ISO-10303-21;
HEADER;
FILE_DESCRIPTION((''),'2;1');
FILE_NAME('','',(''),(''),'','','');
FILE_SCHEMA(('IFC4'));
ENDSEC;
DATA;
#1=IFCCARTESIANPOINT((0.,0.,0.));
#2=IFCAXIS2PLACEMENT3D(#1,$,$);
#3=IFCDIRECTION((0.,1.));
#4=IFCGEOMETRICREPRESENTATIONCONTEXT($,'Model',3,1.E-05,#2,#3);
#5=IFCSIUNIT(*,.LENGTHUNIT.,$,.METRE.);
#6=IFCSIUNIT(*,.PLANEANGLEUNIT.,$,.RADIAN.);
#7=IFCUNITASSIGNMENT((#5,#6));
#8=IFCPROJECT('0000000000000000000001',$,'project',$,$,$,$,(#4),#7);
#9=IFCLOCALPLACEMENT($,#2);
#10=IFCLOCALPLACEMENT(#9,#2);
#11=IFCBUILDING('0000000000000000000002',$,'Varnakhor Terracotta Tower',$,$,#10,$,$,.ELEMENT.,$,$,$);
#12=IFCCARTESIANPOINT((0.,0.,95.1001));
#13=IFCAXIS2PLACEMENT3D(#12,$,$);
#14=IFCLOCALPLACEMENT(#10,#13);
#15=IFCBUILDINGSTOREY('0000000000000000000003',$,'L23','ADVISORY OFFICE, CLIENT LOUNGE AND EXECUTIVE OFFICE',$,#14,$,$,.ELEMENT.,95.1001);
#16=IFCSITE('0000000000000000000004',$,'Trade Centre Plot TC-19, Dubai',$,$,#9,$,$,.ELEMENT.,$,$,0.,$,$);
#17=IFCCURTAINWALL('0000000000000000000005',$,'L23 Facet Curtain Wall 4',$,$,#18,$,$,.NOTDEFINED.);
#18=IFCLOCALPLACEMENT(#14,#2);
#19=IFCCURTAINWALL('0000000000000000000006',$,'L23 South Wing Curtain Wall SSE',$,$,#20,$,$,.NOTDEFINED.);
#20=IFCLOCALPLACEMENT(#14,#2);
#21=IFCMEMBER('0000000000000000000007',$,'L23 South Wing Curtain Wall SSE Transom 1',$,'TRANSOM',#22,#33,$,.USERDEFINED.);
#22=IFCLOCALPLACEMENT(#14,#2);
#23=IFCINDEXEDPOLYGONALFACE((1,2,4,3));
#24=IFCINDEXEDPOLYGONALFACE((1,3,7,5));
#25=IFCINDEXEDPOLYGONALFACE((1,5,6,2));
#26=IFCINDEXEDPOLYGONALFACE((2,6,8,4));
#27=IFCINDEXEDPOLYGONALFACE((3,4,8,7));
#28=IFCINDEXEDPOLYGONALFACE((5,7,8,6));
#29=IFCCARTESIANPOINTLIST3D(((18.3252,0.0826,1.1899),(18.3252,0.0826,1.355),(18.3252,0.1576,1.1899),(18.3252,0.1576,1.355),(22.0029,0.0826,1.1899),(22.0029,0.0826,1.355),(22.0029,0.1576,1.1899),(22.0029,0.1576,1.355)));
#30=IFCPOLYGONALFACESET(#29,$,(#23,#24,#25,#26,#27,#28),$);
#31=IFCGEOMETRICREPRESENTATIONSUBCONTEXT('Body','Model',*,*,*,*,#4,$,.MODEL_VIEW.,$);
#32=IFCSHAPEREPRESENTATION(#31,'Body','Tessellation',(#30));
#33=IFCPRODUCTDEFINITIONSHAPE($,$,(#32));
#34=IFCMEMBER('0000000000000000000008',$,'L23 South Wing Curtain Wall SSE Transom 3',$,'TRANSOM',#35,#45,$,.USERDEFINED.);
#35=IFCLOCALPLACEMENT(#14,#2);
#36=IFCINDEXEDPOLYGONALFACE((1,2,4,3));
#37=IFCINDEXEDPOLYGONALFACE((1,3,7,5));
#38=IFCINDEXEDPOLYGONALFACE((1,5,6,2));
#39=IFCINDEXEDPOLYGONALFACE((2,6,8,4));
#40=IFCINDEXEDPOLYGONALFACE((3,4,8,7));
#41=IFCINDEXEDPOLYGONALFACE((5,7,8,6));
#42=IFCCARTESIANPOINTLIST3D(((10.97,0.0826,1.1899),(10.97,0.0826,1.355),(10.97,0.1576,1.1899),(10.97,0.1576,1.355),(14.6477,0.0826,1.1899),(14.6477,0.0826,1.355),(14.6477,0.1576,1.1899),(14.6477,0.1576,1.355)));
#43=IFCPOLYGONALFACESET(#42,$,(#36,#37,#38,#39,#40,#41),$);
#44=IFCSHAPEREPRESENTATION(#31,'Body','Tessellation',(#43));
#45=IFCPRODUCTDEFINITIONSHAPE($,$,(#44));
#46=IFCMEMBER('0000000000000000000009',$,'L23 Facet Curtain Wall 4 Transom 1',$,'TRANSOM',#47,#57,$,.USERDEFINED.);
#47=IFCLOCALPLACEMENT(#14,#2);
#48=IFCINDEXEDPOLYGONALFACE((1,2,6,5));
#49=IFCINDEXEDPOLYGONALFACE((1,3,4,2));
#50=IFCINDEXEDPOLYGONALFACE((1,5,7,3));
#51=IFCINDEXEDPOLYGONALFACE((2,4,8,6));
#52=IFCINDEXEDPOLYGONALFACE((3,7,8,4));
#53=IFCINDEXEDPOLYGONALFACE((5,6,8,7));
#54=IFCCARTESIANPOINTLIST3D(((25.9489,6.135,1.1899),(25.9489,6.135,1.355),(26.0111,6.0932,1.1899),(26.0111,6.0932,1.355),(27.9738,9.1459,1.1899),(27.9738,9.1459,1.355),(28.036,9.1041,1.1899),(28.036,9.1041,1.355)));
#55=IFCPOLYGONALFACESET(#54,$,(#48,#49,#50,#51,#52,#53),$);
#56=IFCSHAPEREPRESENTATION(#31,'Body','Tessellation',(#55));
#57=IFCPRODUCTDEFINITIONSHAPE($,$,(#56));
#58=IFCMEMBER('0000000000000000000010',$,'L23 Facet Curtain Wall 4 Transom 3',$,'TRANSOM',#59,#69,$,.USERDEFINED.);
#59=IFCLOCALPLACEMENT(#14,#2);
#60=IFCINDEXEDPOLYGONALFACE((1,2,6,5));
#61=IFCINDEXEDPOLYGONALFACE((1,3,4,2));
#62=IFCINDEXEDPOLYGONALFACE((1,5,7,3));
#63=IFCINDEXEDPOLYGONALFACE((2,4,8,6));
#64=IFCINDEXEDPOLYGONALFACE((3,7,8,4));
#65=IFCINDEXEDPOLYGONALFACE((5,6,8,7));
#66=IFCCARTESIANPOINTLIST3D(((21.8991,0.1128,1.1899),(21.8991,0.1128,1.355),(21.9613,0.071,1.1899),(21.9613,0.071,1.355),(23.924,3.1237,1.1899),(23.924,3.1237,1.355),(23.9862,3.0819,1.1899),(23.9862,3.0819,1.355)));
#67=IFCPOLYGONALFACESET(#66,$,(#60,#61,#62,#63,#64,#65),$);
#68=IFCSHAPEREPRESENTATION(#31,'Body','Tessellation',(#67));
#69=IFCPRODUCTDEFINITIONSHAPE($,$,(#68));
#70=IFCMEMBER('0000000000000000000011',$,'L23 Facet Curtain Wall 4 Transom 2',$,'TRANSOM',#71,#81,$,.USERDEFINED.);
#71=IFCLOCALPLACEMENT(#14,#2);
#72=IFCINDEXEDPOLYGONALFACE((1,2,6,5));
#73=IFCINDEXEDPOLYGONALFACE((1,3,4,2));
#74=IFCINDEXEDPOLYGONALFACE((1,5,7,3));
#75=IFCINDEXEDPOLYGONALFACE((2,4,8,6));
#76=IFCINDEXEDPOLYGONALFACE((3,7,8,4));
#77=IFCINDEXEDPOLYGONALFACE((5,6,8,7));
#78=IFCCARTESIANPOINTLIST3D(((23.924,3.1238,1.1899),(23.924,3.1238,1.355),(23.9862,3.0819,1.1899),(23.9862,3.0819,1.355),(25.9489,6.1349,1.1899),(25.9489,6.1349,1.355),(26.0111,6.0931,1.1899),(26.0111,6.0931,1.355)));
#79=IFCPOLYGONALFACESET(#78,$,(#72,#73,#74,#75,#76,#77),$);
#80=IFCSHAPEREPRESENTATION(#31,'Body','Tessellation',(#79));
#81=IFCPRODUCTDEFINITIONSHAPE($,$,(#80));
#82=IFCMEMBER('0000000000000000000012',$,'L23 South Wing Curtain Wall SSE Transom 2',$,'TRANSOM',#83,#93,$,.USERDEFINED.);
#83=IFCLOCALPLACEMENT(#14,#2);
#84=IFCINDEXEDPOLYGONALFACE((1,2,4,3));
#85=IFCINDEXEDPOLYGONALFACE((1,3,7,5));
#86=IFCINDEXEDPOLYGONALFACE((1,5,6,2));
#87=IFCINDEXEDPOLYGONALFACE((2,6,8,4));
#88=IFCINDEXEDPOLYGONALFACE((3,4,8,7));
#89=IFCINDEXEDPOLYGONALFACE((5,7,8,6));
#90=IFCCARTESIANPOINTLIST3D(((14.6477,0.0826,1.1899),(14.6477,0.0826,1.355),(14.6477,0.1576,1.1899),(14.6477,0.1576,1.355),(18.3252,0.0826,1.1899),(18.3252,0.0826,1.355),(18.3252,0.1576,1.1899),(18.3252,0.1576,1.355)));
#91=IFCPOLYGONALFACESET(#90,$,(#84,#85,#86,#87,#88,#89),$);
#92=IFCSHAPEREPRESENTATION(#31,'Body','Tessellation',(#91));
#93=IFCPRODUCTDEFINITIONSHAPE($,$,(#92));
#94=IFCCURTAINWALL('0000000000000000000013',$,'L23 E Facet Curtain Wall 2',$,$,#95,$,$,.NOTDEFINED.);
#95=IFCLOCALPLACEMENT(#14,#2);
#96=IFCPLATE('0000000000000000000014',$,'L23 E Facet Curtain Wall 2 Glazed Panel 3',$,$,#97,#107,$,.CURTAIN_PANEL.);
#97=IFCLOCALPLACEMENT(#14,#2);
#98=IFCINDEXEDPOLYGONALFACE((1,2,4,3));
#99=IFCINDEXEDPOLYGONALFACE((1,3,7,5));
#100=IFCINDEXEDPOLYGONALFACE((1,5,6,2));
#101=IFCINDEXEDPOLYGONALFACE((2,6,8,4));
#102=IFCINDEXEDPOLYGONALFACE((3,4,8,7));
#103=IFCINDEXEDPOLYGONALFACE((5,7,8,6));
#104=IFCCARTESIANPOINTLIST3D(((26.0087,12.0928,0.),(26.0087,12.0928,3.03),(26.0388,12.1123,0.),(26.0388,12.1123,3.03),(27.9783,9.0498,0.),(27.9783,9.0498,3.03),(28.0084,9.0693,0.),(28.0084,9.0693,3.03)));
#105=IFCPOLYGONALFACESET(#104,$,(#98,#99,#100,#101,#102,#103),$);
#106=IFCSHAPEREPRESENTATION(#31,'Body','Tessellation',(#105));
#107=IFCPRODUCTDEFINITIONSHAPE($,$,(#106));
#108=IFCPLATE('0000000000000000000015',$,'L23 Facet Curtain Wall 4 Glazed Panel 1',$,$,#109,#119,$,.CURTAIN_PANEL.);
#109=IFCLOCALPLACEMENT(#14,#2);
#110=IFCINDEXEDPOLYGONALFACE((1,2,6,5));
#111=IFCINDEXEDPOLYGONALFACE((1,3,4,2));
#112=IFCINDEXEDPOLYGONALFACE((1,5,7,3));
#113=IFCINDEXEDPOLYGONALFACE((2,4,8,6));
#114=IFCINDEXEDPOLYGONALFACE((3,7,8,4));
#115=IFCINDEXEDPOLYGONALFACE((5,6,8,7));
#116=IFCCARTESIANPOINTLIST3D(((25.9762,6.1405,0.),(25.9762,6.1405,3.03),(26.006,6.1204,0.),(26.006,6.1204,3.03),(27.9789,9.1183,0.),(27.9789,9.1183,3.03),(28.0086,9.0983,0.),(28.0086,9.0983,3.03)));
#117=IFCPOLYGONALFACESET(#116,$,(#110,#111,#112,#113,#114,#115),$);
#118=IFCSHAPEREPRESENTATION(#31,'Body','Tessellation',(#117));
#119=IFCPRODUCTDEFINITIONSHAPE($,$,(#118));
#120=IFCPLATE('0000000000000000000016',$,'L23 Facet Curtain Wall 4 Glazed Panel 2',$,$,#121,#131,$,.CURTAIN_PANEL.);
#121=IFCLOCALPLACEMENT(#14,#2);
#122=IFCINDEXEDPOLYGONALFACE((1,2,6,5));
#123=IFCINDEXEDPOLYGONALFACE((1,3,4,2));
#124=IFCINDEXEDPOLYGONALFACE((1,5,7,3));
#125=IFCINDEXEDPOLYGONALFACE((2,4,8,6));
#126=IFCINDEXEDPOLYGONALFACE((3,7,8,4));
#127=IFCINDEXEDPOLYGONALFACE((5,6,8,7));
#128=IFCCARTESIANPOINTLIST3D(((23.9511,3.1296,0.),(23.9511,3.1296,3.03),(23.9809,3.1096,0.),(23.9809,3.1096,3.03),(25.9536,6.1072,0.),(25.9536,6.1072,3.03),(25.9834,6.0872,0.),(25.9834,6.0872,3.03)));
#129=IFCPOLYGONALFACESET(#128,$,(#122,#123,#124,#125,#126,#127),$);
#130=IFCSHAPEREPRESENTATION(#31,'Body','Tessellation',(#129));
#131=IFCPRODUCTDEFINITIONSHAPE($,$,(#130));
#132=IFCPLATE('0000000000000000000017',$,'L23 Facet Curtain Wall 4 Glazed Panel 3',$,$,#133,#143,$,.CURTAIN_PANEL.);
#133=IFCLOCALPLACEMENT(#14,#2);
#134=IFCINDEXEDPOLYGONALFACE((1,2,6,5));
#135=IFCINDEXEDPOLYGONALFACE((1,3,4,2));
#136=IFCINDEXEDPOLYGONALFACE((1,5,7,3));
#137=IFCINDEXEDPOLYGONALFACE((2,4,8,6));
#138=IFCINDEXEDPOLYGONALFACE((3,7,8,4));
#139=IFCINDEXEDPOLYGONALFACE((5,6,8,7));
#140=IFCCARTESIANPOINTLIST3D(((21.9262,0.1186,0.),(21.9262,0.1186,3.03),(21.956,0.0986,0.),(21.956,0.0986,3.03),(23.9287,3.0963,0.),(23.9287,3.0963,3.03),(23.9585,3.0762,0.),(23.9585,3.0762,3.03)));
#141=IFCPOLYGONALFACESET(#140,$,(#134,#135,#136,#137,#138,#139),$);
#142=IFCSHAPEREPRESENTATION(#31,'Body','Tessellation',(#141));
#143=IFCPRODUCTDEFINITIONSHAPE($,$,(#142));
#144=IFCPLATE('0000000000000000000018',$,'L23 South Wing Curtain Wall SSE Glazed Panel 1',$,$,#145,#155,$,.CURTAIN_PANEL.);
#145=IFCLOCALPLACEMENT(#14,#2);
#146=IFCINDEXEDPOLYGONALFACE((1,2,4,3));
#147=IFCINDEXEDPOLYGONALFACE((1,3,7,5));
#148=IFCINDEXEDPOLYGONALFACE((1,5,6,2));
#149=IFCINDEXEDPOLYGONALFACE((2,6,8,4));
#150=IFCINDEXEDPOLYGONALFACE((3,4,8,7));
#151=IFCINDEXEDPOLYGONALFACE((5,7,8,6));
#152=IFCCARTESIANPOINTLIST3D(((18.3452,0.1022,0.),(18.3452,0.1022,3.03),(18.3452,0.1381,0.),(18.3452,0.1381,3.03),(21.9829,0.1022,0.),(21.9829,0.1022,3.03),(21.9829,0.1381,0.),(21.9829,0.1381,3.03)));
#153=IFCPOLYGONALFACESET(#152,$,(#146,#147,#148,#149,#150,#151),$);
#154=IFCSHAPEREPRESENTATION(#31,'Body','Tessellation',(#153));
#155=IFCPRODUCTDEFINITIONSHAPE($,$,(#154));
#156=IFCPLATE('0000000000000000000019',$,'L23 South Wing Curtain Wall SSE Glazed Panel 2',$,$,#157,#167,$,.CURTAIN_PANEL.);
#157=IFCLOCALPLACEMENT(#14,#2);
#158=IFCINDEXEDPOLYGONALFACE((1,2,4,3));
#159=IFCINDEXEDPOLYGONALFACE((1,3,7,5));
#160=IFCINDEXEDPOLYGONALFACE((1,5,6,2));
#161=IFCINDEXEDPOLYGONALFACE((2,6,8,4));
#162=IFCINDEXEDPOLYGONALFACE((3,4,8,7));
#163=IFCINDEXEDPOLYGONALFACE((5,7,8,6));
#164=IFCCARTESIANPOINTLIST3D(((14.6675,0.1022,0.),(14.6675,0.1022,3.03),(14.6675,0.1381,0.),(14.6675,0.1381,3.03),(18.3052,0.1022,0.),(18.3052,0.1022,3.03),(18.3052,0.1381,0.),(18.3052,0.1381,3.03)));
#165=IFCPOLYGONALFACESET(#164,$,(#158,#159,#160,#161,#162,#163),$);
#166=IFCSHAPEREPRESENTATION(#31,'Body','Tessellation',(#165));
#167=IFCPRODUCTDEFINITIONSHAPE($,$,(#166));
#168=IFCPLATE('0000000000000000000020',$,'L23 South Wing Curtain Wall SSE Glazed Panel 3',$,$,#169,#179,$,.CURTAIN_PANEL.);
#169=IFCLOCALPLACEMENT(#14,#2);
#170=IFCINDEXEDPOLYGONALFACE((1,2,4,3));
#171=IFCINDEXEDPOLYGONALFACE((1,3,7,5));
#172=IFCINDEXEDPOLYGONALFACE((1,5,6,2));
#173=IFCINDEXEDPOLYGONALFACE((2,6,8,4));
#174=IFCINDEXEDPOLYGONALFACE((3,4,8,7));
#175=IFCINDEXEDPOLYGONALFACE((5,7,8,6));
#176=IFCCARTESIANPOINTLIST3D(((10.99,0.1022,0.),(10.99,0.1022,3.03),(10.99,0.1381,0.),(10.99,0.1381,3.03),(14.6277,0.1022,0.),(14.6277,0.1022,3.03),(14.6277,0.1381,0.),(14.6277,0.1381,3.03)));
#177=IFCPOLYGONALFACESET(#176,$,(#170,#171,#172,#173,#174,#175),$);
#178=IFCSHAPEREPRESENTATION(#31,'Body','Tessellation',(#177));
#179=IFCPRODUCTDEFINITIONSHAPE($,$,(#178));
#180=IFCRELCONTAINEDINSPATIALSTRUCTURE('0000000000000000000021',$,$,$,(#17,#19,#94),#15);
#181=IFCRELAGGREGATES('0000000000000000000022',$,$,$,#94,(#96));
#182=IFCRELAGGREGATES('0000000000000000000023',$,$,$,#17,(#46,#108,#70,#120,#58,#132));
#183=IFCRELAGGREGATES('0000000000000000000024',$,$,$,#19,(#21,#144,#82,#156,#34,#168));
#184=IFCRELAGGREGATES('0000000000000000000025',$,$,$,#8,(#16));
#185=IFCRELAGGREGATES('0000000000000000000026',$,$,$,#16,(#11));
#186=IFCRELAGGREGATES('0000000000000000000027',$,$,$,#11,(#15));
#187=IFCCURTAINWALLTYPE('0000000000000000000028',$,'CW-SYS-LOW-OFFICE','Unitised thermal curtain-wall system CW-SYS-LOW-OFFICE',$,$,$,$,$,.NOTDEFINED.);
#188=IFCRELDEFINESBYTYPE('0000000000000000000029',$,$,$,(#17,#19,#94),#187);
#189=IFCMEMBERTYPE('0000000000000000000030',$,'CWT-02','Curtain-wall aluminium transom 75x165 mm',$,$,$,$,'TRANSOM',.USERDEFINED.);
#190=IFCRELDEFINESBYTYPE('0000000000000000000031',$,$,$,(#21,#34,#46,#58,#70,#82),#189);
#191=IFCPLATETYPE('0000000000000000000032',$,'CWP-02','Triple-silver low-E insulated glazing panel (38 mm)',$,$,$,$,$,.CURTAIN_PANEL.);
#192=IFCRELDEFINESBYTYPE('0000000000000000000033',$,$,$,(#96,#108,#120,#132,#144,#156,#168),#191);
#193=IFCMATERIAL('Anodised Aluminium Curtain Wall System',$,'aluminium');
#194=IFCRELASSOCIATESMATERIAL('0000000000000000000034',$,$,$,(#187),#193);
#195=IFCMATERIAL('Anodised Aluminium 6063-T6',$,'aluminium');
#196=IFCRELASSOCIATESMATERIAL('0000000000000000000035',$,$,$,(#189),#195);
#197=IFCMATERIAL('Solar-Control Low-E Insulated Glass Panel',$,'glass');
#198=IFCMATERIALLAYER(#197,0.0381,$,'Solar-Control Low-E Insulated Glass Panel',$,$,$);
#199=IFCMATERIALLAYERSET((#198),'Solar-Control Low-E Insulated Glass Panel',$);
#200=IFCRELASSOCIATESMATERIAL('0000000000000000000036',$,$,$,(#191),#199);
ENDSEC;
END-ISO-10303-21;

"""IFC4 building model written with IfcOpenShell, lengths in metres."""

from ifc_helpers import new_model, si_unit, direction, frame, origin, origin_2d, place, context, subcontext, project, spatial, rectangle, extrude, source, transform, mapped, material, layer, layer_set, material_profile, profile_set, type_object, element, aggregate, save


model = new_model("IFC4")

# Units and contexts
model_context = context("Model", 3, precision=1e-05, world=origin(), true_north=direction((0.0, 1.0)))
body_context = subcontext(model_context, "Body", "Model", "MODEL_VIEW")
ifc_project = project(units=[si_unit("LENGTHUNIT", "METRE"), si_unit("PLANEANGLEUNIT", "RADIAN")], contexts=[model_context])

# Site, building, storey
site_placement = place(None, origin())
site = spatial("IfcSite", under=ifc_project, at=site_placement, Name="Trade Centre Plot TC-19, Dubai", CompositionType="ELEMENT", RefElevation=0.0)
building_placement = place(site_placement, origin())
building = spatial("IfcBuilding", under=site, at=building_placement, Name="Varnakhor Terracotta Tower", CompositionType="ELEMENT")
storey_placement = place(building_placement, frame((0.0, 0.0, 95.1001)))
storey = spatial("IfcBuildingStorey", under=building, at=storey_placement, Name="L23", Description="ADVISORY OFFICE, CLIENT LOUNGE AND EXECUTIVE OFFICE", CompositionType="ELEMENT", Elevation=95.1001)

# Curtain walls, members
ifc_material_1 = material(Name="Anodised Aluminium Curtain Wall System", Category="aluminium")
curtain_wall_type = type_object("IfcCurtainWallType", Name="CW-SYS-LOW-OFFICE", Description="Unitised thermal curtain-wall system CW-SYS-LOW-OFFICE", PredefinedType="NOTDEFINED", material=ifc_material_1)
curtain_wall_1_placement = place(storey_placement, origin())
curtain_wall_1 = element("IfcCurtainWall", 1, at=curtain_wall_1_placement, inside=storey, type_object=curtain_wall_type, Name="L23 Facet Curtain Wall 4", PredefinedType="NOTDEFINED")
ifc_material_2 = material(Name="Anodised Aluminium 6063-T6", Category="aluminium")
curtain_wall_2_placement = place(storey_placement, origin())
curtain_wall_2 = element("IfcCurtainWall", 2, at=curtain_wall_2_placement, inside=storey, type_object=curtain_wall_type, Name="L23 South Wing Curtain Wall SSE", PredefinedType="NOTDEFINED")
ifc_material_profile_1 = material_profile(ifc_material_2, rectangle(XDim=0.075, YDim=0.165, at=origin_2d()), Name="ALU TRANSOM 75x165")
ifc_profile_set_1 = profile_set([ifc_material_profile_1], Name="Anodised Aluminium 6063-T6")
member_type_1 = type_object("IfcMemberType", Name="CWT-02", Description="Curtain-wall aluminium transom 75x165 mm", ElementType="TRANSOM", PredefinedType="USERDEFINED", material=ifc_profile_set_1)
shared_shape_1 = source(origin(), body_context, "Body", "SweptSolid", [
    extrude(rectangle(XDim=0.075, YDim=0.165, at=origin_2d()), origin(), (0.0, 0.0, 1.0), 3.6777),
])
member_1_placement = place(storey_placement, frame((22.0029, 0.1201, 1.2725), z_axis=(-1.0, 0.0, 0.0), x_axis=(0.0, -1.0, 0.0)))
member_1 = element("IfcMember", 3, at=member_1_placement, type_object=member_type_1, Name="L23 South Wing Curtain Wall SSE Transom 1", ObjectType="TRANSOM", PredefinedType="USERDEFINED", context=body_context, shape_type="MappedRepresentation", body=[
    mapped(shared_shape_1, transform((0.0, 0.0, 0.0), scale=1.0)),
])
member_2_placement = place(storey_placement, frame((14.6477, 0.1201, 1.2725), z_axis=(-1.0, 0.0, 0.0), x_axis=(0.0, -1.0, 0.0)))
member_2 = element("IfcMember", 4, at=member_2_placement, type_object=member_type_1, Name="L23 South Wing Curtain Wall SSE Transom 3", ObjectType="TRANSOM", PredefinedType="USERDEFINED", context=body_context, shape_type="MappedRepresentation", body=[
    mapped(shared_shape_1, transform((0.0, 0.0, 0.0), scale=1.0)),
])

# Members
shared_shape_2 = source(origin(), body_context, "Body", "SweptSolid", [
    extrude(rectangle(XDim=0.075, YDim=0.165, at=origin_2d()), origin(), (0.0, 0.0, 1.0), 3.6284),
])
member_3_placement = place(storey_placement, frame((28.0049, 9.125, 1.2725), z_axis=(-0.55805, -0.829808, 0.0), x_axis=(0.829808, -0.55805, 0.0)))
member_3 = element("IfcMember", 5, at=member_3_placement, type_object=member_type_1, Name="L23 Facet Curtain Wall 4 Transom 1", ObjectType="TRANSOM", PredefinedType="USERDEFINED", context=body_context, shape_type="MappedRepresentation", body=[
    mapped(shared_shape_2, transform((0.0, 0.0, 0.0), scale=1.0)),
])
member_4_placement = place(storey_placement, frame((23.9551, 3.1028, 1.2725), z_axis=(-0.55805, -0.829808, 0.0), x_axis=(0.829808, -0.55805, 0.0)))
member_4 = element("IfcMember", 6, at=member_4_placement, type_object=member_type_1, Name="L23 Facet Curtain Wall 4 Transom 3", ObjectType="TRANSOM", PredefinedType="USERDEFINED", context=body_context, shape_type="MappedRepresentation", body=[
    mapped(shared_shape_2, transform((0.0, 0.0, 0.0), scale=1.0)),
])
shared_shape_3 = source(origin(), body_context, "Body", "SweptSolid", [
    extrude(rectangle(XDim=0.075, YDim=0.165, at=origin_2d()), origin(), (0.0, 0.0, 1.0), 3.6287),
])
member_5_placement = place(storey_placement, frame((25.98, 6.114, 1.2725), z_axis=(-0.558018, -0.829829, 0.0), x_axis=(0.829829, -0.558018, 0.0)))
member_5 = element("IfcMember", 7, at=member_5_placement, type_object=member_type_1, Name="L23 Facet Curtain Wall 4 Transom 2", ObjectType="TRANSOM", PredefinedType="USERDEFINED", context=body_context, shape_type="MappedRepresentation", body=[
    mapped(shared_shape_3, transform((0.0, 0.0, 0.0), scale=1.0)),
])
shared_shape_4 = source(origin(), body_context, "Body", "SweptSolid", [
    extrude(rectangle(XDim=0.075, YDim=0.165, at=origin_2d()), origin(), (0.0, 0.0, 1.0), 3.6775),
])
member_6_placement = place(storey_placement, frame((18.3252, 0.1201, 1.2725), z_axis=(-1.0, 0.0, 0.0), x_axis=(0.0, -1.0, 0.0)))
member_6 = element("IfcMember", 8, at=member_6_placement, type_object=member_type_1, Name="L23 South Wing Curtain Wall SSE Transom 2", ObjectType="TRANSOM", PredefinedType="USERDEFINED", context=body_context, shape_type="MappedRepresentation", body=[
    mapped(shared_shape_4, transform((0.0, 0.0, 0.0), scale=1.0)),
])

# Curtain wall, plate
curtain_wall_3_placement = place(storey_placement, origin())
curtain_wall_3 = element("IfcCurtainWall", 9, at=curtain_wall_3_placement, inside=storey, type_object=curtain_wall_type, Name="L23 E Facet Curtain Wall 2", PredefinedType="NOTDEFINED")
ifc_material_3 = material(Name="Solar-Control Low-E Insulated Glass Panel", Category="glass")
ifc_layer_1 = layer(ifc_material_3, 0.0381, Name="Solar-Control Low-E Insulated Glass Panel")
ifc_layer_set_1 = layer_set([ifc_layer_1], Name="Solar-Control Low-E Insulated Glass Panel")
plate_type = type_object("IfcPlateType", Name="CWP-02", Description="Triple-silver low-E insulated glazing panel (38 mm)", PredefinedType="CURTAIN_PANEL", material=ifc_layer_set_1)
shared_shape_5 = source(origin(), body_context, "Body", "SweptSolid", [
    extrude(rectangle(XDim=3.6248, YDim=0.0359, at=origin_2d()), origin(), (0.0, 0.0, 1.0), 3.03),
])
plate_1_placement = place(storey_placement, frame((27.0085, 10.5811, 0.0), z_axis=(0.0, 0.0, 1.0), x_axis=(0.54338, -0.839487, 0.0)))
plate_1 = element("IfcPlate", 10, at=plate_1_placement, type_object=plate_type, Name="L23 E Facet Curtain Wall 2 Glazed Panel 3", PredefinedType="CURTAIN_PANEL", context=body_context, shape_type="MappedRepresentation", body=[
    mapped(shared_shape_5, transform((0.0, 0.0, 0.0), scale=1.0)),
])
aggregate(curtain_wall_3, [plate_1])

# Plates
shared_shape_6 = source(origin(), body_context, "Body", "SweptSolid", [
    extrude(rectangle(XDim=3.5886, YDim=0.0359, at=origin_2d()), origin(), (0.0, 0.0, 1.0), 3.03),
])
plate_2_placement = place(storey_placement, frame((26.9924, 7.6194, 0.0), z_axis=(0.0, 0.0, 1.0), x_axis=(-0.558049, -0.829808, 0.0)))
plate_2 = element("IfcPlate", 11, at=plate_2_placement, type_object=plate_type, Name="L23 Facet Curtain Wall 4 Glazed Panel 1", PredefinedType="CURTAIN_PANEL", context=body_context, shape_type="MappedRepresentation", body=[
    mapped(shared_shape_6, transform((0.0, 0.0, 0.0), scale=1.0)),
])
shared_shape_7 = source(origin(), body_context, "Body", "SweptSolid", [
    extrude(rectangle(XDim=3.5884, YDim=0.0359, at=origin_2d()), origin(), (0.0, 0.0, 1.0), 3.03),
])
plate_3_placement = place(storey_placement, frame((24.9673, 4.6084, 0.0), z_axis=(0.0, 0.0, 1.0), x_axis=(-0.558049, -0.829808, 0.0)))
plate_3 = element("IfcPlate", 12, at=plate_3_placement, type_object=plate_type, Name="L23 Facet Curtain Wall 4 Glazed Panel 2", PredefinedType="CURTAIN_PANEL", context=body_context, shape_type="MappedRepresentation", body=[
    mapped(shared_shape_7, transform((0.0, 0.0, 0.0), scale=1.0)),
])
plate_4_placement = place(storey_placement, frame((22.9424, 1.5974, 0.0), z_axis=(0.0, 0.0, 1.0), x_axis=(-0.558049, -0.829808, 0.0)))
plate_4 = element("IfcPlate", 13, at=plate_4_placement, type_object=plate_type, Name="L23 Facet Curtain Wall 4 Glazed Panel 3", PredefinedType="CURTAIN_PANEL", context=body_context, shape_type="MappedRepresentation", body=[
    mapped(shared_shape_7, transform((0.0, 0.0, 0.0), scale=1.0)),
])
aggregate(curtain_wall_1, [member_3, plate_2, member_5, plate_3, member_4, plate_4])
shared_shape_8 = source(origin(), body_context, "Body", "SweptSolid", [
    extrude(rectangle(XDim=3.6377, YDim=0.0359, at=origin_2d()), origin(), (0.0, 0.0, 1.0), 3.03),
])
plate_5_placement = place(storey_placement, frame((20.1641, 0.1201, 0.0), z_axis=(0.0, 0.0, 1.0), x_axis=(-1.0, 0.0, 0.0)))
plate_5 = element("IfcPlate", 14, at=plate_5_placement, type_object=plate_type, Name="L23 South Wing Curtain Wall SSE Glazed Panel 1", PredefinedType="CURTAIN_PANEL", context=body_context, shape_type="MappedRepresentation", body=[
    mapped(shared_shape_8, transform((0.0, 0.0, 0.0), scale=1.0)),
])
plate_6_placement = place(storey_placement, frame((16.4863, 0.1201, 0.0), z_axis=(0.0, 0.0, 1.0), x_axis=(-1.0, 0.0, 0.0)))
plate_6 = element("IfcPlate", 15, at=plate_6_placement, type_object=plate_type, Name="L23 South Wing Curtain Wall SSE Glazed Panel 2", PredefinedType="CURTAIN_PANEL", context=body_context, shape_type="MappedRepresentation", body=[
    mapped(shared_shape_8, transform((0.0, 0.0, 0.0), scale=1.0)),
])
plate_7_placement = place(storey_placement, frame((12.8088, 0.1201, 0.0), z_axis=(0.0, 0.0, 1.0), x_axis=(-1.0, 0.0, 0.0)))
plate_7 = element("IfcPlate", 16, at=plate_7_placement, type_object=plate_type, Name="L23 South Wing Curtain Wall SSE Glazed Panel 3", PredefinedType="CURTAIN_PANEL", context=body_context, shape_type="MappedRepresentation", body=[
    mapped(shared_shape_8, transform((0.0, 0.0, 0.0), scale=1.0)),
])
aggregate(curtain_wall_2, [member_1, plate_5, member_6, plate_6, member_2, plate_7])

save(model, "model.ifc")
